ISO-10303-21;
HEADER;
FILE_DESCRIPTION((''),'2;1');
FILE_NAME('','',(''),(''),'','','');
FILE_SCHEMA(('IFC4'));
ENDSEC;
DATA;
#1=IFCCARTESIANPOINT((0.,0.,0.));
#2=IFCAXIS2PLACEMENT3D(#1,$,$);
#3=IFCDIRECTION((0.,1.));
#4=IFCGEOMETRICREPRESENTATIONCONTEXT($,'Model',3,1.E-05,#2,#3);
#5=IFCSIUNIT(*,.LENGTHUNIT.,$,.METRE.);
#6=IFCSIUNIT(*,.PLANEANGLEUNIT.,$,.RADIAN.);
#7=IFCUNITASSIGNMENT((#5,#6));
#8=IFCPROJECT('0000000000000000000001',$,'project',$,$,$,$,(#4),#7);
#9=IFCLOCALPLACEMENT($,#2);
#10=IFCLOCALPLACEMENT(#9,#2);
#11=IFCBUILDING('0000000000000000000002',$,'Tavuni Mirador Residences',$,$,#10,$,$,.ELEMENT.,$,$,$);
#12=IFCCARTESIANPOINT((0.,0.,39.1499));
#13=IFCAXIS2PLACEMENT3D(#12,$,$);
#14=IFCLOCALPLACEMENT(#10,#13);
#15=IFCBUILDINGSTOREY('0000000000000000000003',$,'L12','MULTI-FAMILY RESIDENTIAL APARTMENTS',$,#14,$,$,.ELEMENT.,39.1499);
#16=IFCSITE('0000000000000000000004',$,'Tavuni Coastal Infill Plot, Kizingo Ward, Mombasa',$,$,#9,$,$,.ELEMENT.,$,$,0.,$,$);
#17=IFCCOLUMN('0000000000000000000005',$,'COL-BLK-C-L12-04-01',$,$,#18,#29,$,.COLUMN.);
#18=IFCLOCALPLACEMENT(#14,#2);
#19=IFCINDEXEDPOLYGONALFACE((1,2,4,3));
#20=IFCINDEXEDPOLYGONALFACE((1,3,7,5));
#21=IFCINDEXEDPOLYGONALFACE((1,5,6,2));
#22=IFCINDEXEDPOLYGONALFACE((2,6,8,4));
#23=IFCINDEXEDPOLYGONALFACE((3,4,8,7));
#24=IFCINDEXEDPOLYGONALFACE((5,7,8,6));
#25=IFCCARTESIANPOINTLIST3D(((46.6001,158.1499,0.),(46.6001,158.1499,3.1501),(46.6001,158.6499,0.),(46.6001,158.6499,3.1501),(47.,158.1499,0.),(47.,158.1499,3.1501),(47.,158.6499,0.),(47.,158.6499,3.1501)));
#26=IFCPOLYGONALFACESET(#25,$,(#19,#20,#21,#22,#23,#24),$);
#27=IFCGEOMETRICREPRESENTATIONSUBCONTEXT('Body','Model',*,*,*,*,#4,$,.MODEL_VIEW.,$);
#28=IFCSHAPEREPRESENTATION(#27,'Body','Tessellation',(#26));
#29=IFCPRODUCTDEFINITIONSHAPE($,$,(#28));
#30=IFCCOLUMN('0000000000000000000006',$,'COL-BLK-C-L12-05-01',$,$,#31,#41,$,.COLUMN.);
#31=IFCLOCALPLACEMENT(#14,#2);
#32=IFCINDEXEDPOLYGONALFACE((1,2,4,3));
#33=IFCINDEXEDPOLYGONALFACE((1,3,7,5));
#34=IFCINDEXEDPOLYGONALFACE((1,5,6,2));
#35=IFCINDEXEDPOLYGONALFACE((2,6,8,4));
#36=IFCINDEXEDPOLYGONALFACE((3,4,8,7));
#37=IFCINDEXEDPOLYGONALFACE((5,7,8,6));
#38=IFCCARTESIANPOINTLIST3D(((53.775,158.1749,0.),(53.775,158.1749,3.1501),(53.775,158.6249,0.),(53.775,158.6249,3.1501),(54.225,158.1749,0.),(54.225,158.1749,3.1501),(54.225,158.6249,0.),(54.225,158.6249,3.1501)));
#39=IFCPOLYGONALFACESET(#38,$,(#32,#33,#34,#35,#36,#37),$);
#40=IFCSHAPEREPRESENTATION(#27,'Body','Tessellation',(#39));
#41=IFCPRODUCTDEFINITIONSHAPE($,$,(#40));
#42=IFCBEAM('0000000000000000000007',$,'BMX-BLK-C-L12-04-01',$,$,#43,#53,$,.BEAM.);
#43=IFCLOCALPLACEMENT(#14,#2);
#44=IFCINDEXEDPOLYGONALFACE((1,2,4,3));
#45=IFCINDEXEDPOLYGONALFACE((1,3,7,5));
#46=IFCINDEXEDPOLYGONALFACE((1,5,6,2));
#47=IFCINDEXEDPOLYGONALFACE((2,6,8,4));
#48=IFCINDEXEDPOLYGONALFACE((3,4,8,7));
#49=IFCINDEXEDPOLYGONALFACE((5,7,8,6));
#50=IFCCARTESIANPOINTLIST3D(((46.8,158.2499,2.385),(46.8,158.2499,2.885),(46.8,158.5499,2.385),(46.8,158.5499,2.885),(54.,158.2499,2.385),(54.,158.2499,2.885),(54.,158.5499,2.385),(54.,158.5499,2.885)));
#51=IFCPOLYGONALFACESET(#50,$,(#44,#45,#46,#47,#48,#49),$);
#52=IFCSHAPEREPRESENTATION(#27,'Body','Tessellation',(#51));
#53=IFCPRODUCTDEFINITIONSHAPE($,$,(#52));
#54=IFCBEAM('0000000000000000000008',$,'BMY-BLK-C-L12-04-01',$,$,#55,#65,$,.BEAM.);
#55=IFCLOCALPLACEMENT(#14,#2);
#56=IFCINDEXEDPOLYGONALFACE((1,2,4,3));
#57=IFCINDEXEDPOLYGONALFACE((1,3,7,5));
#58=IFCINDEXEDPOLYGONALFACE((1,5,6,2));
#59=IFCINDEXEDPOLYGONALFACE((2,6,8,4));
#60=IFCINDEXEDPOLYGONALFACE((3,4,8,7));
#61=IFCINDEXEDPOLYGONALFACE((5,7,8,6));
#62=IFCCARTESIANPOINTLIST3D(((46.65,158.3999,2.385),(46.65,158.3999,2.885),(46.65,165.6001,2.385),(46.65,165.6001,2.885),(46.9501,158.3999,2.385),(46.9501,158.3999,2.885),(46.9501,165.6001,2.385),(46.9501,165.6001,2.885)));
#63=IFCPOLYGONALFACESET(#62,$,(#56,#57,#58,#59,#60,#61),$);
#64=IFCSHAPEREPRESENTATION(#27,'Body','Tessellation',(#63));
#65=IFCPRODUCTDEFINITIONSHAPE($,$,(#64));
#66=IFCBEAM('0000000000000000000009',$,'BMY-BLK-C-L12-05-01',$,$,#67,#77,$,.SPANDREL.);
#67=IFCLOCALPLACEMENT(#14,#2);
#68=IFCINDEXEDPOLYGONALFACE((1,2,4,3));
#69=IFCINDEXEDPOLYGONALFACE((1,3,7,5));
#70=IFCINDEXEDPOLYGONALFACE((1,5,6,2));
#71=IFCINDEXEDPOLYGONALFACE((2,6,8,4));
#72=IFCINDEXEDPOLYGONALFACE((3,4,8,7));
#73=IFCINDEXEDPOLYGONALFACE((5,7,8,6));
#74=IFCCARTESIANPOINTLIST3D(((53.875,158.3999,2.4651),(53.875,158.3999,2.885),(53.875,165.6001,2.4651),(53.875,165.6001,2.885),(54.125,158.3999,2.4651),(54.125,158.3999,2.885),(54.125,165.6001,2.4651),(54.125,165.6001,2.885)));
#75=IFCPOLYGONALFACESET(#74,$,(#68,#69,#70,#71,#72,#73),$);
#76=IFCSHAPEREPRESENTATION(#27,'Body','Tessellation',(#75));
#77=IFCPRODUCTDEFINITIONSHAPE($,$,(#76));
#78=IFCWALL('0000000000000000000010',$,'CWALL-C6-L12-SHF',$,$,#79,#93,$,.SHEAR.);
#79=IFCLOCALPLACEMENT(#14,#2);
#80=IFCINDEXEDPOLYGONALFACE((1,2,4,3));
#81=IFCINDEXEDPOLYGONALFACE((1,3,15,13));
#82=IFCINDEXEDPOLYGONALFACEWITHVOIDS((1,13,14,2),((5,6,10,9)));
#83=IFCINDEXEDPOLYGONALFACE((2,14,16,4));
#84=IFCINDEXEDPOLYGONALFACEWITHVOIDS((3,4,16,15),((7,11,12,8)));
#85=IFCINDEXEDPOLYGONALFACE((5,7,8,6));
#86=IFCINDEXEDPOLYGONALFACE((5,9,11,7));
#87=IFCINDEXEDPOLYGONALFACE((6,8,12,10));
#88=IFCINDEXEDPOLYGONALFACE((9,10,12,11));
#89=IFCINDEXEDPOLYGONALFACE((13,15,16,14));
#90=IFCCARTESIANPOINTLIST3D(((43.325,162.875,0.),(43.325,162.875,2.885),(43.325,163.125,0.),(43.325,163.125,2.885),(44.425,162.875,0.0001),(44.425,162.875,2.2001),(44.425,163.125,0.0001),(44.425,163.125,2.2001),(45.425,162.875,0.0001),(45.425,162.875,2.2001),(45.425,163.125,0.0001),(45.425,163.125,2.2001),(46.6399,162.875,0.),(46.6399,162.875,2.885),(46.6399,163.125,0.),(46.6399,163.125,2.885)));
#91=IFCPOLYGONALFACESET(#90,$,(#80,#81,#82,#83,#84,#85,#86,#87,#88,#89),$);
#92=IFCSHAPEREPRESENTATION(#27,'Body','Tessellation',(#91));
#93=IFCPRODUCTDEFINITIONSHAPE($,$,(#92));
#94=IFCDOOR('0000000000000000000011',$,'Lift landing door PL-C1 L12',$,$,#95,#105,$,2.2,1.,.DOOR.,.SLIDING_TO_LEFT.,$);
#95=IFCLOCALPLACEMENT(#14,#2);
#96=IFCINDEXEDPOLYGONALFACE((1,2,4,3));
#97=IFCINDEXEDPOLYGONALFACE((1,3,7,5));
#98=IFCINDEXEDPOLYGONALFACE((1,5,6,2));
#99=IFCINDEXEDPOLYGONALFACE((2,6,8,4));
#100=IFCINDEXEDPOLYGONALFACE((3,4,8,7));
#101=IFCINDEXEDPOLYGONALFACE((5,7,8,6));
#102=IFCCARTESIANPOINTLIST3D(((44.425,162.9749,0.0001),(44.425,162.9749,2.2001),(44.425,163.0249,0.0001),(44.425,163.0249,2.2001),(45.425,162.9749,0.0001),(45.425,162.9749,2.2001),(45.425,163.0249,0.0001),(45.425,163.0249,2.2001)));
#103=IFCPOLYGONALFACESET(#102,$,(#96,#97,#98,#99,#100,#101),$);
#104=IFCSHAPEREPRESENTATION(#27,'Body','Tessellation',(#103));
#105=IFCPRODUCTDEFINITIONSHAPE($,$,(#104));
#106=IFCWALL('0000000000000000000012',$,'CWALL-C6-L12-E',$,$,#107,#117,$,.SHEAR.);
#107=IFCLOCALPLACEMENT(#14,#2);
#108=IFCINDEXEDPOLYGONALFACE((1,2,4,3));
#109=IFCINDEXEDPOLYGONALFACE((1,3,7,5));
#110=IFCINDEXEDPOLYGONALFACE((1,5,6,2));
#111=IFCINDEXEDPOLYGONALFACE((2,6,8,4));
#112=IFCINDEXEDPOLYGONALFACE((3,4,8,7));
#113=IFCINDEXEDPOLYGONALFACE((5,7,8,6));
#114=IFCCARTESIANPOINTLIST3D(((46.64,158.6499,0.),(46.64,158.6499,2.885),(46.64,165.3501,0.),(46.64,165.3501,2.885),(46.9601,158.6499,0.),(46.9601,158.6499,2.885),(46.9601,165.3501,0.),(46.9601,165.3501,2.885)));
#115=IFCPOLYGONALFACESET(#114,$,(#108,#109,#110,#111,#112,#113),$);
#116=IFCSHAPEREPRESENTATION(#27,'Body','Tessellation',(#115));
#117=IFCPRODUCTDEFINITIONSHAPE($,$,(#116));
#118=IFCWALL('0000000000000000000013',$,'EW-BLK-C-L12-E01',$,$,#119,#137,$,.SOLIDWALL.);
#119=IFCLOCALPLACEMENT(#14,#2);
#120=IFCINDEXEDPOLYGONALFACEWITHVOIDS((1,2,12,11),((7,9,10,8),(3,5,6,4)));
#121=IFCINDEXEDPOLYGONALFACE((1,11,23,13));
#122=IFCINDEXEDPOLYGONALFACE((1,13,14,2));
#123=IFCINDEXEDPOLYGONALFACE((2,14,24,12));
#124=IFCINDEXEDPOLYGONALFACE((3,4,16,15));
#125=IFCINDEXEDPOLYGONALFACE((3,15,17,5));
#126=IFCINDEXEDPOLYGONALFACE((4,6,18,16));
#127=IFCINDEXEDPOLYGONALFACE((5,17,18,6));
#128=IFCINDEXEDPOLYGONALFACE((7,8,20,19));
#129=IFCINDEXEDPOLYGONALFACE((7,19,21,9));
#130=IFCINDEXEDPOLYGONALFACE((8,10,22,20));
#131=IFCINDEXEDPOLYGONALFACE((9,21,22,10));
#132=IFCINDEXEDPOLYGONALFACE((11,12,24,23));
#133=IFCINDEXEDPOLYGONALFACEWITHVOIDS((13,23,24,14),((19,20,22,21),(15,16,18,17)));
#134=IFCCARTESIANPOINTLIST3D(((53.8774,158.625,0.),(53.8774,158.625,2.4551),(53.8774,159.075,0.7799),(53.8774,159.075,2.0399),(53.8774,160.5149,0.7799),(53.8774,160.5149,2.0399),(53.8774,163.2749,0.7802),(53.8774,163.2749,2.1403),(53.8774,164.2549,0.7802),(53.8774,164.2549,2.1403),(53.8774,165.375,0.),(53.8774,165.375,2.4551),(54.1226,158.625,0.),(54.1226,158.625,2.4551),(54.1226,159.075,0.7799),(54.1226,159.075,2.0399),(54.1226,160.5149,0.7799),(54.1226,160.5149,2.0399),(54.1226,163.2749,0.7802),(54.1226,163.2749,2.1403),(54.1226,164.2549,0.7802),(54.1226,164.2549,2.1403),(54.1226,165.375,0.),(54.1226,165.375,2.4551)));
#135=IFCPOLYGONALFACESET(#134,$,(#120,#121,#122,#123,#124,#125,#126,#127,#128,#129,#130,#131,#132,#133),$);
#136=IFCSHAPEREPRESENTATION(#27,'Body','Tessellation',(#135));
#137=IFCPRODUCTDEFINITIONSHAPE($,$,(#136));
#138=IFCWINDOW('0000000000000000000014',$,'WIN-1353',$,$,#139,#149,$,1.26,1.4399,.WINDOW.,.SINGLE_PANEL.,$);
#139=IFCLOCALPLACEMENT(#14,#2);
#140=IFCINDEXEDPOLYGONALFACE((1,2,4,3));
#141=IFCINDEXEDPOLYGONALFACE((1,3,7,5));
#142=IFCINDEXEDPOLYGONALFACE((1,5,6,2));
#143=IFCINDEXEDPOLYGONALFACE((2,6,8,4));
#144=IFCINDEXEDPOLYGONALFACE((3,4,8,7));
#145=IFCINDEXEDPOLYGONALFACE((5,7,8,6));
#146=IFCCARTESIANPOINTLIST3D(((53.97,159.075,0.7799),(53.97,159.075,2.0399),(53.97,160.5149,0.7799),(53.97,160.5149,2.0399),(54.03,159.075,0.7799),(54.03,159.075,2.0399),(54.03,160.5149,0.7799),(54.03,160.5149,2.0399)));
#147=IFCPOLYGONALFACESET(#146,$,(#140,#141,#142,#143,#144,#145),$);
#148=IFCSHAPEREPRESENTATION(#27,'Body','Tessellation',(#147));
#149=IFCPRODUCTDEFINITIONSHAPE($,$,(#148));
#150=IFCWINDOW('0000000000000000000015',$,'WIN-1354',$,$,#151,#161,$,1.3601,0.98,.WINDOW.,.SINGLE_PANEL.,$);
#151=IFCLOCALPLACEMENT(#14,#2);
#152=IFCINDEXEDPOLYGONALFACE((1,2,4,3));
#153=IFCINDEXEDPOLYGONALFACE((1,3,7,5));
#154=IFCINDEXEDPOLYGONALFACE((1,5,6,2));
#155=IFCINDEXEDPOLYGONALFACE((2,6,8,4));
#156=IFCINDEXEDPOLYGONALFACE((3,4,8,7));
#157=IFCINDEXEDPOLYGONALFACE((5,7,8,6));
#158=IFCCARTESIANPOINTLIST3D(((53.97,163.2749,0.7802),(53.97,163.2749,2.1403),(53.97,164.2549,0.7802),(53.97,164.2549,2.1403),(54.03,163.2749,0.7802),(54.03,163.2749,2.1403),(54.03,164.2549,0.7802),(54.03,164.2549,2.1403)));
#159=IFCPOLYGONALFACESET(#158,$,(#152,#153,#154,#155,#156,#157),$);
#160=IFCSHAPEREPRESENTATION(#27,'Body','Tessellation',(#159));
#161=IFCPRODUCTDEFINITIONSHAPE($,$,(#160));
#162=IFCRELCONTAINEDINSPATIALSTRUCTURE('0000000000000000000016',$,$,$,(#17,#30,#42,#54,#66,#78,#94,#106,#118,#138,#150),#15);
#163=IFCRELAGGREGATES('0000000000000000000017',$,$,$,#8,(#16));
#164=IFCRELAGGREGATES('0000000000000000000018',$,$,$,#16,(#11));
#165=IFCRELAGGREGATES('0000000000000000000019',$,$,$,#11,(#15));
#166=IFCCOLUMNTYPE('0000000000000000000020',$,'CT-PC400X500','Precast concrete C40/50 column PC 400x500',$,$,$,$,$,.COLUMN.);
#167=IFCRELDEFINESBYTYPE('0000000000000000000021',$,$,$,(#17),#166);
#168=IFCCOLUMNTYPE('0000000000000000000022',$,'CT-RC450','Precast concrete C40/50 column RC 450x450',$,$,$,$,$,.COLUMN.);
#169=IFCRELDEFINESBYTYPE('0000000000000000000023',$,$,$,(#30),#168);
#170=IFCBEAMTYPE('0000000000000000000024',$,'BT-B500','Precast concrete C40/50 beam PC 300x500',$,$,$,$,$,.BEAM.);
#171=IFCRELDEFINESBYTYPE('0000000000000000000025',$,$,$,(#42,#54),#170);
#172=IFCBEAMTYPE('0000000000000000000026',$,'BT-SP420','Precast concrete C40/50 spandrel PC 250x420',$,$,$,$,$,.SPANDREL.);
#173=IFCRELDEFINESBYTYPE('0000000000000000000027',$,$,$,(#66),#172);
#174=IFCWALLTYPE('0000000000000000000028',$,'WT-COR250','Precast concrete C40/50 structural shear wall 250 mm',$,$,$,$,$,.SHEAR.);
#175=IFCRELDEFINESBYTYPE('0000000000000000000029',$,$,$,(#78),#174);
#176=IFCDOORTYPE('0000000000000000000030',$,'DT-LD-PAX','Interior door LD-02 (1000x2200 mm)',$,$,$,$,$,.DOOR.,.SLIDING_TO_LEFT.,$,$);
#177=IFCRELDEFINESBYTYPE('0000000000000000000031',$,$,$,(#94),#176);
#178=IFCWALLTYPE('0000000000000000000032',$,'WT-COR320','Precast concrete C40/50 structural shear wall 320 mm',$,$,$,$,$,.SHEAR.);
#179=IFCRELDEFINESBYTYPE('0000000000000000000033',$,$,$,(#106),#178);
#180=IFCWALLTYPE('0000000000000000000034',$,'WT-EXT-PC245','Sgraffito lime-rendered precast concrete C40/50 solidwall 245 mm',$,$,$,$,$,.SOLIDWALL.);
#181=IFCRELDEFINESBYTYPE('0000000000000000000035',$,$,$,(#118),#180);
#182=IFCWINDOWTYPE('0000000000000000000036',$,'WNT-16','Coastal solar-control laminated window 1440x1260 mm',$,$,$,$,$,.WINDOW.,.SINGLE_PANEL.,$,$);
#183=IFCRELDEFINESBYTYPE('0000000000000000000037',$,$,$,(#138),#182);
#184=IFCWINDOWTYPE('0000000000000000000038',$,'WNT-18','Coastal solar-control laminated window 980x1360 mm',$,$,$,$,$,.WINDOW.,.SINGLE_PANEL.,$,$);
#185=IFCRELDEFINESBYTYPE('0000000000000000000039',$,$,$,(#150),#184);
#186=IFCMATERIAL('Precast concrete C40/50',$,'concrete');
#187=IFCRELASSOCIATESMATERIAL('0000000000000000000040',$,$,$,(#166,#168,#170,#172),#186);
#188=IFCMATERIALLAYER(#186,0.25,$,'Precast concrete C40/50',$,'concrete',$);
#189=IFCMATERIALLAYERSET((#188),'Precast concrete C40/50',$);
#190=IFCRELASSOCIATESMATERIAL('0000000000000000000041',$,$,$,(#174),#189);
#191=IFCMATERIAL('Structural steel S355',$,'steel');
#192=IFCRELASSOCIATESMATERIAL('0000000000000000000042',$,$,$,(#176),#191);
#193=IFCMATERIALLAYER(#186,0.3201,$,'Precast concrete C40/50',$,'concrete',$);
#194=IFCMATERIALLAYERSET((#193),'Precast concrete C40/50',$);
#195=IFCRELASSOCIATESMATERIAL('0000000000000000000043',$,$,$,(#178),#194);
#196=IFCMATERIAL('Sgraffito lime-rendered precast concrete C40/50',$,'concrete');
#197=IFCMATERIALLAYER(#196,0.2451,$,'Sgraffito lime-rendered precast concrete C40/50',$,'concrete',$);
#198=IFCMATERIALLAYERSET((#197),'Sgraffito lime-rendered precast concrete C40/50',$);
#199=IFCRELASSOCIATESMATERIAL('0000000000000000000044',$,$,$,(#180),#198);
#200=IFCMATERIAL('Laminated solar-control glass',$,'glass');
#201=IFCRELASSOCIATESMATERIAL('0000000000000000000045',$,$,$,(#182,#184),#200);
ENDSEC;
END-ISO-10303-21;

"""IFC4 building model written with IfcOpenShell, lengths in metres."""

from ifc_helpers import new_model, si_unit, direction, frame, frame_2d, origin, origin_2d, place, context, subcontext, project, spatial, rectangle, extrude, material, layer, layer_set, material_profile, profile_set, type_object, element, fill, save


model = new_model("IFC4")

# Units and contexts
model_context = context("Model", 3, precision=1e-05, world=origin(), true_north=direction((0.0, 1.0)))
body_context = subcontext(model_context, "Body", "Model", "MODEL_VIEW")
ifc_project = project(units=[si_unit("LENGTHUNIT", "METRE"), si_unit("PLANEANGLEUNIT", "RADIAN")], contexts=[model_context])

# Site, building, storey
site_placement = place(None, origin())
site = spatial("IfcSite", under=ifc_project, at=site_placement, Name="Tavuni Coastal Infill Plot, Kizingo Ward, Mombasa", CompositionType="ELEMENT", RefElevation=0.0)
building_placement = place(site_placement, origin())
building = spatial("IfcBuilding", under=site, at=building_placement, Name="Tavuni Mirador Residences", CompositionType="ELEMENT")
storey_placement = place(building_placement, frame((0.0, 0.0, 39.1499)))
storey = spatial("IfcBuildingStorey", under=building, at=storey_placement, Name="L12", Description="MULTI-FAMILY RESIDENTIAL APARTMENTS", CompositionType="ELEMENT", Elevation=39.1499)

# Columns
ifc_material_1 = material(Name="Precast concrete C40/50", Category="concrete")
ifc_material_profile_1 = material_profile(ifc_material_1, rectangle(XDim=0.3999, YDim=0.5, at=origin_2d()), Name="PC 400x500", Category="concrete")
ifc_profile_set_1 = profile_set([ifc_material_profile_1], Name="Precast concrete C40/50")
column_type_1 = type_object("IfcColumnType", Name="CT-PC400X500", Description="Precast concrete C40/50 column PC 400x500", PredefinedType="COLUMN", material=ifc_profile_set_1)
column_1_placement = place(storey_placement, frame((46.8, 158.3999, 0.0), z_axis=(0.0, 0.0, 1.0), x_axis=(1.0, 0.0, 0.0)))
element("IfcColumn", 1, at=column_1_placement, inside=storey, type_object=column_type_1, Name="COL-BLK-C-L12-04-01", PredefinedType="COLUMN", context=body_context, shape_type="SweptSolid", body=[
    extrude(rectangle(XDim=0.3999, YDim=0.5, at=origin_2d()), origin(), (0.0, 0.0, 1.0), 3.1501),
])
ifc_material_profile_2 = material_profile(ifc_material_1, rectangle(XDim=0.45, YDim=0.45, at=origin_2d()), Name="RC 450x450", Category="concrete")
ifc_profile_set_2 = profile_set([ifc_material_profile_2], Name="Precast concrete C40/50")
column_type_2 = type_object("IfcColumnType", Name="CT-RC450", Description="Precast concrete C40/50 column RC 450x450", PredefinedType="COLUMN", material=ifc_profile_set_2)
column_2_placement = place(storey_placement, frame((54.0, 158.3999, 0.0), z_axis=(0.0, 0.0, 1.0), x_axis=(1.0, 0.0, 0.0)))
element("IfcColumn", 2, at=column_2_placement, inside=storey, type_object=column_type_2, Name="COL-BLK-C-L12-05-01", PredefinedType="COLUMN", context=body_context, shape_type="SweptSolid", body=[
    extrude(rectangle(XDim=0.45, YDim=0.45, at=origin_2d()), origin(), (0.0, 0.0, 1.0), 3.1501),
])

# Beams
ifc_material_profile_3 = material_profile(ifc_material_1, rectangle(XDim=0.3, YDim=0.5, at=origin_2d()), Name="PC 300x500", Category="concrete")
ifc_profile_set_3 = profile_set([ifc_material_profile_3], Name="Precast concrete C40/50")
beam_type_1 = type_object("IfcBeamType", Name="BT-B500", Description="Precast concrete C40/50 beam PC 300x500", PredefinedType="BEAM", material=ifc_profile_set_3)
beam_1_placement = place(storey_placement, frame((46.8, 158.3999, 2.635), z_axis=(1.0, 0.0, 0.0), x_axis=(0.0, 1.0, 0.0)))
element("IfcBeam", 3, at=beam_1_placement, inside=storey, type_object=beam_type_1, Name="BMX-BLK-C-L12-04-01", PredefinedType="BEAM", context=body_context, shape_type="SweptSolid", body=[
    extrude(rectangle(XDim=0.3, YDim=0.5, at=origin_2d()), origin(), (0.0, 0.0, 1.0), 7.2),
])
beam_2_placement = place(storey_placement, frame((46.8, 158.3999, 2.635), z_axis=(0.0, 1.0, 0.0), x_axis=(-1.0, 0.0, 0.0)))
element("IfcBeam", 4, at=beam_2_placement, inside=storey, type_object=beam_type_1, Name="BMY-BLK-C-L12-04-01", PredefinedType="BEAM", context=body_context, shape_type="SweptSolid", body=[
    extrude(rectangle(XDim=0.3, YDim=0.5, at=origin_2d()), origin(), (0.0, 0.0, 1.0), 7.2002),
])
ifc_material_profile_4 = material_profile(ifc_material_1, rectangle(XDim=0.25, YDim=0.4199, at=origin_2d()), Name="PC 250x420", Category="concrete")
ifc_profile_set_4 = profile_set([ifc_material_profile_4], Name="Precast concrete C40/50")
beam_type_2 = type_object("IfcBeamType", Name="BT-SP420", Description="Precast concrete C40/50 spandrel PC 250x420", PredefinedType="SPANDREL", material=ifc_profile_set_4)
beam_3_placement = place(storey_placement, frame((54.0, 158.3999, 2.675), z_axis=(0.0, 1.0, 0.0), x_axis=(-1.0, 0.0, 0.0)))
element("IfcBeam", 5, at=beam_3_placement, inside=storey, type_object=beam_type_2, Name="BMY-BLK-C-L12-05-01", PredefinedType="SPANDREL", context=body_context, shape_type="SweptSolid", body=[
    extrude(rectangle(XDim=0.25, YDim=0.4199, at=origin_2d()), origin(), (0.0, 0.0, 1.0), 7.2002),
])

# Wall, opening, door
ifc_layer_1 = layer(ifc_material_1, 0.25, Name="Precast concrete C40/50", Category="concrete")
ifc_layer_set_1 = layer_set([ifc_layer_1], Name="Precast concrete C40/50")
wall_type_1 = type_object("IfcWallType", Name="WT-COR250", Description="Precast concrete C40/50 structural shear wall 250 mm", PredefinedType="SHEAR", material=ifc_layer_set_1)
wall_1_placement = place(storey_placement, frame((43.325, 163.0, 0.0), z_axis=(0.0, 0.0, 1.0), x_axis=(1.0, 0.0, 0.0)))
wall_1 = element("IfcWall", 6, at=wall_1_placement, inside=storey, type_object=wall_type_1, Name="CWALL-C6-L12-SHF", PredefinedType="SHEAR", context=body_context, shape_type="SweptSolid", body=[
    extrude(rectangle(XDim=3.3149, YDim=0.25, at=frame_2d((1.6575, 0.0))), origin(), (0.0, 0.0, 1.0), 2.885),
])
opening_1_placement = place(wall_1_placement, frame((1.1001, 0.0, 0.0)))
opening_1 = element("IfcOpeningElement", 7, at=opening_1_placement, cuts=wall_1, PredefinedType="OPENING", context=body_context, shape_type="SweptSolid", body=[
    extrude(rectangle(XDim=1.0, YDim=2.2, at=frame_2d((0.5, 1.1001))), frame((0.0, 0.135, 0.0), z_axis=(0.0, -1.0, 0.0), x_axis=(1.0, 0.0, 0.0)), (0.0, 0.0, 1.0), 0.27),
])
ifc_material_2 = material(Name="Structural steel S355", Category="steel")
door_type_1 = type_object("IfcDoorType", Name="DT-LD-PAX", Description="Interior door LD-02 (1000x2200 mm)", OperationType="SLIDING_TO_LEFT", PredefinedType="DOOR", material=ifc_material_2)
door_1_placement = place(opening_1_placement, origin())
door_1 = element("IfcDoor", 8, at=door_1_placement, inside=storey, type_object=door_type_1, Name="Lift landing door PL-C1 L12", OperationType="SLIDING_TO_LEFT", OverallHeight=2.2, OverallWidth=1.0, PredefinedType="DOOR", context=body_context, shape_type="SweptSolid", body=[
    extrude(rectangle(XDim=1.0, YDim=2.2, at=frame_2d((0.5, 1.1001))), frame((0.0, 0.0249, 0.0), z_axis=(0.0, -1.0, 0.0), x_axis=(1.0, 0.0, 0.0)), (0.0, 0.0, 1.0), 0.05),
])
fill(opening_1, door_1)

# Wall
ifc_layer_2 = layer(ifc_material_1, 0.3201, Name="Precast concrete C40/50", Category="concrete")
ifc_layer_set_2 = layer_set([ifc_layer_2], Name="Precast concrete C40/50")
wall_type_2 = type_object("IfcWallType", Name="WT-COR320", Description="Precast concrete C40/50 structural shear wall 320 mm", PredefinedType="SHEAR", material=ifc_layer_set_2)
wall_2_placement = place(storey_placement, frame((46.8, 158.6499, 0.0), z_axis=(0.0, 0.0, 1.0), x_axis=(0.0, 1.0, 0.0)))
element("IfcWall", 9, at=wall_2_placement, inside=storey, type_object=wall_type_2, Name="CWALL-C6-L12-E", PredefinedType="SHEAR", context=body_context, shape_type="SweptSolid", body=[
    extrude(rectangle(XDim=6.7002, YDim=0.3201, at=frame_2d((3.3501, 0.0))), origin(), (0.0, 0.0, 1.0), 2.885),
])

# Wall, openings, windows
ifc_material_3 = material(Name="Sgraffito lime-rendered precast concrete C40/50", Category="concrete")
ifc_layer_3 = layer(ifc_material_3, 0.2451, Name="Sgraffito lime-rendered precast concrete C40/50", Category="concrete")
ifc_layer_set_3 = layer_set([ifc_layer_3], Name="Sgraffito lime-rendered precast concrete C40/50")
wall_type_3 = type_object("IfcWallType", Name="WT-EXT-PC245", Description="Sgraffito lime-rendered precast concrete C40/50 solidwall 245 mm", PredefinedType="SOLIDWALL", material=ifc_layer_set_3)
wall_3_placement = place(storey_placement, frame((54.0, 158.625, 0.0), z_axis=(0.0, 0.0, 1.0), x_axis=(0.0, 1.0, 0.0)))
wall_3 = element("IfcWall", 10, at=wall_3_placement, inside=storey, type_object=wall_type_3, Name="EW-BLK-C-L12-E01", PredefinedType="SOLIDWALL", context=body_context, shape_type="SweptSolid", body=[
    extrude(rectangle(XDim=6.75, YDim=0.2451, at=frame_2d((3.375, 0.0))), origin(), (0.0, 0.0, 1.0), 2.4551),
])
opening_2_placement = place(wall_3_placement, frame((0.45, 0.0, 0.78)))
opening_2 = element("IfcOpeningElement", 11, at=opening_2_placement, cuts=wall_3, PredefinedType="OPENING", context=body_context, shape_type="SweptSolid", body=[
    extrude(rectangle(XDim=1.4399, YDim=1.26, at=frame_2d((0.72, 0.6299))), frame((0.0, 0.1326, 0.0), z_axis=(0.0, -1.0, 0.0), x_axis=(1.0, 0.0, 0.0)), (0.0, 0.0, 1.0), 0.2651),
])
opening_3_placement = place(wall_3_placement, frame((4.6499, 0.0, 0.78)))
opening_3 = element("IfcOpeningElement", 12, at=opening_3_placement, cuts=wall_3, PredefinedType="OPENING", context=body_context, shape_type="SweptSolid", body=[
    extrude(rectangle(XDim=0.98, YDim=1.3601, at=frame_2d((0.49, 0.6802))), frame((0.0, 0.1326, 0.0), z_axis=(0.0, -1.0, 0.0), x_axis=(1.0, 0.0, 0.0)), (0.0, 0.0, 1.0), 0.2651),
])
ifc_material_4 = material(Name="Laminated solar-control glass", Category="glass")
window_type_1 = type_object("IfcWindowType", Name="WNT-16", Description="Coastal solar-control laminated window 1440x1260 mm", PartitioningType="SINGLE_PANEL", PredefinedType="WINDOW", material=ifc_material_4)
window_1_placement = place(opening_2_placement, origin())
window_1 = element("IfcWindow", 13, at=window_1_placement, inside=storey, type_object=window_type_1, Name="WIN-1353", OverallHeight=1.26, OverallWidth=1.4399, PartitioningType="SINGLE_PANEL", PredefinedType="WINDOW", context=body_context, shape_type="SweptSolid", body=[
    extrude(rectangle(XDim=1.4399, YDim=1.26, at=frame_2d((0.72, 0.6299))), frame((0.0, 0.03, 0.0), z_axis=(0.0, -1.0, 0.0), x_axis=(1.0, 0.0, 0.0)), (0.0, 0.0, 1.0), 0.0601),
])
fill(opening_2, window_1)
window_type_2 = type_object("IfcWindowType", Name="WNT-18", Description="Coastal solar-control laminated window 980x1360 mm", PartitioningType="SINGLE_PANEL", PredefinedType="WINDOW", material=ifc_material_4)
window_2_placement = place(opening_3_placement, origin())
window_2 = element("IfcWindow", 14, at=window_2_placement, inside=storey, type_object=window_type_2, Name="WIN-1354", OverallHeight=1.3601, OverallWidth=0.98, PartitioningType="SINGLE_PANEL", PredefinedType="WINDOW", context=body_context, shape_type="SweptSolid", body=[
    extrude(rectangle(XDim=0.98, YDim=1.3601, at=frame_2d((0.49, 0.6802))), frame((0.0, 0.03, 0.0), z_axis=(0.0, -1.0, 0.0), x_axis=(1.0, 0.0, 0.0)), (0.0, 0.0, 1.0), 0.0601),
])
fill(opening_3, window_2)

save(model, "model.ifc")
